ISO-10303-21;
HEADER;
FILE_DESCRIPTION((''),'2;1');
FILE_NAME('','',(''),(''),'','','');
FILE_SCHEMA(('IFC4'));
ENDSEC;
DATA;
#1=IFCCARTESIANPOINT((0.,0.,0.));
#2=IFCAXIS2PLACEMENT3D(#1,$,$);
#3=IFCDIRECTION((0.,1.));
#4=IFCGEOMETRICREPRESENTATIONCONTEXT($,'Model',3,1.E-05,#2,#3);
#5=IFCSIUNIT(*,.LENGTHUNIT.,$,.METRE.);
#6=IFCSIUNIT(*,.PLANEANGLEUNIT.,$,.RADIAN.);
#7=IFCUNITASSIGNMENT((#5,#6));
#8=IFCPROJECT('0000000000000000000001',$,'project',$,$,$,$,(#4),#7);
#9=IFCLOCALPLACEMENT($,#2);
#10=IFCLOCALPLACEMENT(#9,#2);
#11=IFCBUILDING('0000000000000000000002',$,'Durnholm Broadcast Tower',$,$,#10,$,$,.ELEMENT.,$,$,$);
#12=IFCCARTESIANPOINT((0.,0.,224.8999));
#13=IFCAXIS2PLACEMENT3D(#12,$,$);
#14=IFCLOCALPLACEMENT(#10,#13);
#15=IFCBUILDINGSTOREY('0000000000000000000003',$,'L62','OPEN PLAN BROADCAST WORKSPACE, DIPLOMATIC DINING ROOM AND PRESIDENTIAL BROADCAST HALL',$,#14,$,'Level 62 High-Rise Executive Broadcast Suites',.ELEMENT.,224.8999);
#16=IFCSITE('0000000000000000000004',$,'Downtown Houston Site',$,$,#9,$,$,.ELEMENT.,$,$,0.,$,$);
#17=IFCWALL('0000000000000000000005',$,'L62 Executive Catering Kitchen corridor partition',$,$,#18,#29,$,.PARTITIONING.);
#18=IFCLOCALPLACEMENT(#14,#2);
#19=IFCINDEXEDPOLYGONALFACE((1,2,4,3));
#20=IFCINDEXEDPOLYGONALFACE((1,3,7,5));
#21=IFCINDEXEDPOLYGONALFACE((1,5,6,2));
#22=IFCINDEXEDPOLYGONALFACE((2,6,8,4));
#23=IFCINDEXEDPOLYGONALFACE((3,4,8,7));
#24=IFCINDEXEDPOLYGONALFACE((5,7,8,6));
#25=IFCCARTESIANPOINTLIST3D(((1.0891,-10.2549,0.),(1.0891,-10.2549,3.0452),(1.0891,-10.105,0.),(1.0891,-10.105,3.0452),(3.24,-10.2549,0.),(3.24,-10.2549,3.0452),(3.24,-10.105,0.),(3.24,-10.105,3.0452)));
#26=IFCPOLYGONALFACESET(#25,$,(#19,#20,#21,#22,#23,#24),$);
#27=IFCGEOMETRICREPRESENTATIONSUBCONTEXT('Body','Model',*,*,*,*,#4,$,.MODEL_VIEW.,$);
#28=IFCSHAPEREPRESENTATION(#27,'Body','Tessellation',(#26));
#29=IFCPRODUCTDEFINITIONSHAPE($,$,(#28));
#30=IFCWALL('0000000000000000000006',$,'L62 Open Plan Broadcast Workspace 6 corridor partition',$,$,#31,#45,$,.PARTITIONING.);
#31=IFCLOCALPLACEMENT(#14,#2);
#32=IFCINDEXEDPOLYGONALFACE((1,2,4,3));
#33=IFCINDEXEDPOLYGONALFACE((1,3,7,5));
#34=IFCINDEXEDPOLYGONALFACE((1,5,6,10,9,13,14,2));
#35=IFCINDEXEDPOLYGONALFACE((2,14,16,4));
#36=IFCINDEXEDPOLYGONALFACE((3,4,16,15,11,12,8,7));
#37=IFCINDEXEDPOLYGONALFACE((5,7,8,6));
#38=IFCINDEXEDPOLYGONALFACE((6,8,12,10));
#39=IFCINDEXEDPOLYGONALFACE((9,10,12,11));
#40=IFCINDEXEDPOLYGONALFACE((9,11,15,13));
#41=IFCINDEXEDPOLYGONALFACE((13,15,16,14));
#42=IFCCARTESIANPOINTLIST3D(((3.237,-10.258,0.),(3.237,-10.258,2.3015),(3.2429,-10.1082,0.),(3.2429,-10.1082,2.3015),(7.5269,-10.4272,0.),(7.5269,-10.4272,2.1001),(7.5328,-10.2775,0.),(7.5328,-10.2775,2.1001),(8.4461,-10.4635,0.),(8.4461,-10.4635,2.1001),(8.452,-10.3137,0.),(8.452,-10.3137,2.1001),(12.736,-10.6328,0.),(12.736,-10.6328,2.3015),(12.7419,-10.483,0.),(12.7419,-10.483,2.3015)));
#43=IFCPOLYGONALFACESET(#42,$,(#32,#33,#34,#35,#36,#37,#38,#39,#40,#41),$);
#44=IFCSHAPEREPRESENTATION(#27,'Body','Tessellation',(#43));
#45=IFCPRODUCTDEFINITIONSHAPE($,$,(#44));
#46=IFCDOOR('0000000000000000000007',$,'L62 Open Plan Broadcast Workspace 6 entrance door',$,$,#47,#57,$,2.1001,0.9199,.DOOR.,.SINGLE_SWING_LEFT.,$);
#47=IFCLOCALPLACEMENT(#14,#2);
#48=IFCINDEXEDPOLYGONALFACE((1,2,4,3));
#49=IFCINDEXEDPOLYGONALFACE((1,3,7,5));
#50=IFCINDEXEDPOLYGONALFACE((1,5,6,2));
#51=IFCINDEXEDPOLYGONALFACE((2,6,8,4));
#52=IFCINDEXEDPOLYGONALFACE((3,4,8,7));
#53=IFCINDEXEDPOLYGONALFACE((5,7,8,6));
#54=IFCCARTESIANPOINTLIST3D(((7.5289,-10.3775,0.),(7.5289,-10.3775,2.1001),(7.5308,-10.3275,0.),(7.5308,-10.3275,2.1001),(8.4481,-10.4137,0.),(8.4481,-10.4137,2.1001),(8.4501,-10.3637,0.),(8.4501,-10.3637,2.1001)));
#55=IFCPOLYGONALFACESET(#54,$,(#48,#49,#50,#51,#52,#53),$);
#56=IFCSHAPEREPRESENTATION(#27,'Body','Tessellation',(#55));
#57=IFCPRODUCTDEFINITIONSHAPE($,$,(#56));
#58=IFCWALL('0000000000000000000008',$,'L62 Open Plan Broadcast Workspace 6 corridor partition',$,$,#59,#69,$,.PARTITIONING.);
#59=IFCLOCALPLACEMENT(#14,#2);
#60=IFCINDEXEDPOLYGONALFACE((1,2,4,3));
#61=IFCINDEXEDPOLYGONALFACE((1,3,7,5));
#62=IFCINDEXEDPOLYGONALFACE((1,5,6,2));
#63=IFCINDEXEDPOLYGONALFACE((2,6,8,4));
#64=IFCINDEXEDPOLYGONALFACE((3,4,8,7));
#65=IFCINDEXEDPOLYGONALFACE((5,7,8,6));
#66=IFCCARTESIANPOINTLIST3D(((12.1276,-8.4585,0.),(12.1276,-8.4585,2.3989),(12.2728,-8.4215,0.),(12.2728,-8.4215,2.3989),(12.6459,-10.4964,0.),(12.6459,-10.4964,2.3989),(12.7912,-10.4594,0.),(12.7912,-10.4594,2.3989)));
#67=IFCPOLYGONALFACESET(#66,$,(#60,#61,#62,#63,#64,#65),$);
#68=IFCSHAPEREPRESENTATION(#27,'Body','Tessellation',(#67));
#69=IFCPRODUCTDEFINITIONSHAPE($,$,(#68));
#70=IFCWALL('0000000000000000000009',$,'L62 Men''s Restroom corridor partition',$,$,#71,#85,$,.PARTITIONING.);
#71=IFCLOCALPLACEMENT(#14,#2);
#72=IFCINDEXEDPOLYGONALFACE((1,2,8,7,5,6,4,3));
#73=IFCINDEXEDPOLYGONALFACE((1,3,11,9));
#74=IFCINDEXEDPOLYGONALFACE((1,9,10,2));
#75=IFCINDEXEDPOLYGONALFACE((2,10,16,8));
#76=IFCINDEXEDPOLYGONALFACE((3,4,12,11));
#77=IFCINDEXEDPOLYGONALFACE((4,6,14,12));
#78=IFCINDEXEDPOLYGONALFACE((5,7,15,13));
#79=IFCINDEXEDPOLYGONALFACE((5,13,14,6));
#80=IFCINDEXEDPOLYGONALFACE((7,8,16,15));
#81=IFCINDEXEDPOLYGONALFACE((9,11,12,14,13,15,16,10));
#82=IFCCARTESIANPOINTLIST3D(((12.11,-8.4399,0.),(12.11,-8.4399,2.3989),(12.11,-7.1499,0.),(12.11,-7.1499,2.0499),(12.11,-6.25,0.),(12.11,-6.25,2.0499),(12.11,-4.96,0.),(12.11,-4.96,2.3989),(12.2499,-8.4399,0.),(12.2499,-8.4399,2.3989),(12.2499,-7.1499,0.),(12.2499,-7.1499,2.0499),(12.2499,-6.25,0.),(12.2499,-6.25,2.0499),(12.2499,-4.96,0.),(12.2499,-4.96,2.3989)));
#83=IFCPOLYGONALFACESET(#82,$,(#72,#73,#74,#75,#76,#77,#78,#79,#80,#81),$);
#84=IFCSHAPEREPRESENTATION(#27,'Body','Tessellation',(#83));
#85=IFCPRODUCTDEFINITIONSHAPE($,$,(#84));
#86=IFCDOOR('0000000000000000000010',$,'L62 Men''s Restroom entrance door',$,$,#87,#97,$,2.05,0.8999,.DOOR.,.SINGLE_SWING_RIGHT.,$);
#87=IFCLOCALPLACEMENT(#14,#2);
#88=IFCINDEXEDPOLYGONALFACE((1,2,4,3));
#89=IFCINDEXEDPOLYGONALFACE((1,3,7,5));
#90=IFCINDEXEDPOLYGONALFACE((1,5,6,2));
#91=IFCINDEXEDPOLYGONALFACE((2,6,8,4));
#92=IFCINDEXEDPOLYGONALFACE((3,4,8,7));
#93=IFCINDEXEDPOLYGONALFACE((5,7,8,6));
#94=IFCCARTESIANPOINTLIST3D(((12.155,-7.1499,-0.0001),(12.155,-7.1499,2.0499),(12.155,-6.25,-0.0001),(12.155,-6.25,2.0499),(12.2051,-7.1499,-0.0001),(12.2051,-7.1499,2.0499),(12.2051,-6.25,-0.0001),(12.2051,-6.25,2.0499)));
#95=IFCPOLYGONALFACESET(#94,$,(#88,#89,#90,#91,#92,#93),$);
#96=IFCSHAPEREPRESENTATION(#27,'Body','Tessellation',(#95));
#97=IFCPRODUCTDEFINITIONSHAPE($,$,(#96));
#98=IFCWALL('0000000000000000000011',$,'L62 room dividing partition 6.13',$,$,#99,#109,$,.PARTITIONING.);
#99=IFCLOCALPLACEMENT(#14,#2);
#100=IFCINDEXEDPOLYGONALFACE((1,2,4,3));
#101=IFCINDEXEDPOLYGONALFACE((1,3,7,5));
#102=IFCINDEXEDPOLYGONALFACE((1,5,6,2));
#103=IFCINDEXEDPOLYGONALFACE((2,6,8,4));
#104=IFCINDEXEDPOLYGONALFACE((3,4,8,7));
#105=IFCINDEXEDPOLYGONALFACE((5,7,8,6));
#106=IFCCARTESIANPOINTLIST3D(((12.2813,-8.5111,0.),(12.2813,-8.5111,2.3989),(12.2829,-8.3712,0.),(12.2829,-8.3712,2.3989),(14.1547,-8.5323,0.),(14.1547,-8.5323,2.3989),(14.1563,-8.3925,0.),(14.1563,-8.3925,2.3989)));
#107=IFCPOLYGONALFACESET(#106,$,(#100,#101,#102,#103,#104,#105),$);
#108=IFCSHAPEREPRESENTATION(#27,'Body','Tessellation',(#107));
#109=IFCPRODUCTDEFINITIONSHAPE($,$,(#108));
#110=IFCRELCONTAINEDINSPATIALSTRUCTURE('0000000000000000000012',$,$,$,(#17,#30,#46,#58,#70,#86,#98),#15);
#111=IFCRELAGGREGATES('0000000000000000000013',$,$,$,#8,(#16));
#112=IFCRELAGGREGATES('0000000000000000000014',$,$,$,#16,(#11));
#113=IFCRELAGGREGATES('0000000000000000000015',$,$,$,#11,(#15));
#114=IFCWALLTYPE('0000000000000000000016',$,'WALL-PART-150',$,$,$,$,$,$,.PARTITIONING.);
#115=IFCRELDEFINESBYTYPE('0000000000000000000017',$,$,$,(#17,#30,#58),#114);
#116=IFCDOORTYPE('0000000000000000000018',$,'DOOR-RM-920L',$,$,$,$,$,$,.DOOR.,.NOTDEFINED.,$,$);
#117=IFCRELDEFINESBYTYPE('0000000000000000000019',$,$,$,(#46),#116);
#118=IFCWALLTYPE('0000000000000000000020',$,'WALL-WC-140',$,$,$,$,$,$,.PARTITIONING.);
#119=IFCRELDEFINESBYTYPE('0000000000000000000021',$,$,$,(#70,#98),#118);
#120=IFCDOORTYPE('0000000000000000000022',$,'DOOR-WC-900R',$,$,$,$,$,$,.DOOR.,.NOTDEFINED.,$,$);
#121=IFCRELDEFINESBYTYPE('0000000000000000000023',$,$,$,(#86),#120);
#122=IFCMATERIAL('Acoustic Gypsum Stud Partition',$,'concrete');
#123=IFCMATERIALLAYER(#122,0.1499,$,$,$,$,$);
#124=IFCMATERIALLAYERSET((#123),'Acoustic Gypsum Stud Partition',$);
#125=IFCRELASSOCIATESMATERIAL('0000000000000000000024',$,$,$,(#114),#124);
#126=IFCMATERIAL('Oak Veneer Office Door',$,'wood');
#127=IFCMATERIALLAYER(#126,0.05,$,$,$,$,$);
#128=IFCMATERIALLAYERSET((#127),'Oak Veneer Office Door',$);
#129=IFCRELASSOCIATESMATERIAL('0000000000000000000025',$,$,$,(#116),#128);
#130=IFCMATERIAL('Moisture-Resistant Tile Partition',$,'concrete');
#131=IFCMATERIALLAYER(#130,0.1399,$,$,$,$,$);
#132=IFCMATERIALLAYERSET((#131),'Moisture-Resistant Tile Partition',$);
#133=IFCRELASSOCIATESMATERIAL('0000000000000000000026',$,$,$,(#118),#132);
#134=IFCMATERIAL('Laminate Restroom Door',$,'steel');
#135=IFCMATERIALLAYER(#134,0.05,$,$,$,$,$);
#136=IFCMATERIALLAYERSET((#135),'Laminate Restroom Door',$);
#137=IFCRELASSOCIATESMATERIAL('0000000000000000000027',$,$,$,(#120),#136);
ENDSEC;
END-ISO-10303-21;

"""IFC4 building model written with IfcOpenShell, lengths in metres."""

from ifc_helpers import new_model, si_unit, direction, frame, frame_2d, origin, place, context, subcontext, project, spatial, rectangle, extrude, source, transform, mapped, material, layer, layer_set, type_object, type_shapes, element, fill, save


model = new_model("IFC4")

# Units and contexts
model_context = context("Model", 3, precision=1e-05, world=origin(), true_north=direction((0.0, 1.0)))
body_context = subcontext(model_context, "Body", "Model", "MODEL_VIEW")
ifc_project = project(units=[si_unit("LENGTHUNIT", "METRE"), si_unit("PLANEANGLEUNIT", "RADIAN")], contexts=[model_context])

# Site, building, storey
site_placement = place(None, origin())
site = spatial("IfcSite", under=ifc_project, at=site_placement, Name="Downtown Houston Site", CompositionType="ELEMENT", RefElevation=0.0)
building_placement = place(site_placement, origin())
building = spatial("IfcBuilding", under=site, at=building_placement, Name="Durnholm Broadcast Tower", CompositionType="ELEMENT")
storey_placement = place(building_placement, frame((0.0, 0.0, 224.8999)))
storey = spatial("IfcBuildingStorey", under=building, at=storey_placement, Name="L62", Description="OPEN PLAN BROADCAST WORKSPACE, DIPLOMATIC DINING ROOM AND PRESIDENTIAL BROADCAST HALL", LongName="Level 62 High-Rise Executive Broadcast Suites", CompositionType="ELEMENT", Elevation=224.8999)

# Shared definitions
ifc_material_1 = material(Name="Acoustic Gypsum Stud Partition", Category="concrete")
ifc_layer_1 = layer(ifc_material_1, 0.1499)
ifc_layer_set_1 = layer_set([ifc_layer_1], Name="Acoustic Gypsum Stud Partition")
wall_type_1 = type_object("IfcWallType", Name="WALL-PART-150", PredefinedType="PARTITIONING", material=ifc_layer_set_1)

# Wall
wall_1_placement = place(storey_placement, frame((1.0891, -10.1799, 0.0), z_axis=(0.0, 0.0, 1.0), x_axis=(1.0, 0.0, 0.0)))
element("IfcWall", 1, at=wall_1_placement, inside=storey, type_object=wall_type_1, Name="L62 Executive Catering Kitchen corridor partition", PredefinedType="PARTITIONING", context=body_context, shape_type="SweptSolid", body=[
    extrude(rectangle(XDim=2.1509, YDim=0.1499, at=frame_2d((1.0754, 0.0))), origin(), (0.0, 0.0, 1.0), 3.0452),
])

# Wall, opening, door
wall_2_placement = place(storey_placement, frame((3.24, -10.1831, 0.0), z_axis=(0.0, 0.0, 1.0), x_axis=(0.999223, -0.039421, 0.0)))
wall_2 = element("IfcWall", 2, at=wall_2_placement, inside=storey, type_object=wall_type_1, Name="L62 Open Plan Broadcast Workspace 6 corridor partition", PredefinedType="PARTITIONING", context=body_context, shape_type="SweptSolid", body=[
    extrude(rectangle(XDim=9.5063, YDim=0.1499, at=frame_2d((4.7532, 0.0))), origin(), (0.0, 0.0, 1.0), 2.3015),
])
opening_1_placement = place(wall_2_placement, frame((4.2932, 0.0, 0.0)))
opening_1 = element("IfcOpeningElement", 3, at=opening_1_placement, cuts=wall_2, PredefinedType="OPENING", context=body_context, shape_type="SweptSolid", body=[
    extrude(rectangle(XDim=0.9199, YDim=2.1001, at=frame_2d((0.46, 1.05))), frame((0.0, 0.085, 0.0), z_axis=(0.0, -1.0, 0.0), x_axis=(1.0, 0.0, 0.0)), (0.0, 0.0, 1.0), 0.1699),
])
ifc_material_2 = material(Name="Oak Veneer Office Door", Category="wood")
ifc_layer_2 = layer(ifc_material_2, 0.05)
ifc_layer_set_2 = layer_set([ifc_layer_2], Name="Oak Veneer Office Door")
door_type_1 = type_object("IfcDoorType", Name="DOOR-RM-920L", OperationType="NOTDEFINED", PredefinedType="DOOR", material=ifc_layer_set_2)
shared_shape_1 = source(origin(), body_context, "Body", "SweptSolid", [
    extrude(rectangle(XDim=0.9199, YDim=2.1001, at=frame_2d((0.46, 1.05))), frame((0.0, 0.0249, 0.0), z_axis=(0.0, -1.0, 0.0), x_axis=(1.0, 0.0, 0.0)), (0.0, 0.0, 1.0), 0.05),
])
type_shapes(door_type_1, [shared_shape_1])
door_1_placement = place(opening_1_placement, origin())
door_1 = element("IfcDoor", 4, at=door_1_placement, inside=storey, type_object=door_type_1, Name="L62 Open Plan Broadcast Workspace 6 entrance door", OperationType="SINGLE_SWING_LEFT", OverallHeight=2.1001, OverallWidth=0.9199, PredefinedType="DOOR", context=body_context, shape_type="MappedRepresentation", body=[
    mapped(shared_shape_1, transform((0.0, 0.0, 0.0), x_axis=(1.0, 0.0, 0.0), y_axis=(0.0, 1.0, 0.0), z_axis=(0.0, 0.0, 1.0), scale=1.0)),
])
fill(opening_1, door_1)

# Wall
wall_3_placement = place(storey_placement, frame((12.7185, -10.4778, 0.0), z_axis=(0.0, 0.0, 1.0), x_axis=(-0.246495, 0.969144, 0.0)))
element("IfcWall", 5, at=wall_3_placement, inside=storey, type_object=wall_type_1, Name="L62 Open Plan Broadcast Workspace 6 corridor partition", PredefinedType="PARTITIONING", context=body_context, shape_type="SweptSolid", body=[
    extrude(rectangle(XDim=2.1028, YDim=0.1499, at=frame_2d((1.0513, 0.0))), origin(), (0.0, 0.0, 1.0), 2.3989),
])

# Wall, opening, door
ifc_material_3 = material(Name="Moisture-Resistant Tile Partition", Category="concrete")
ifc_layer_3 = layer(ifc_material_3, 0.1399)
ifc_layer_set_3 = layer_set([ifc_layer_3], Name="Moisture-Resistant Tile Partition")
wall_type_2 = type_object("IfcWallType", Name="WALL-WC-140", PredefinedType="PARTITIONING", material=ifc_layer_set_3)
wall_4_placement = place(storey_placement, frame((12.1799, -8.4399, 0.0), z_axis=(0.0, 0.0, 1.0), x_axis=(0.0, 1.0, 0.0)))
wall_4 = element("IfcWall", 6, at=wall_4_placement, inside=storey, type_object=wall_type_2, Name="L62 Men's Restroom corridor partition", PredefinedType="PARTITIONING", context=body_context, shape_type="SweptSolid", body=[
    extrude(rectangle(XDim=3.48, YDim=0.1399, at=frame_2d((1.74, 0.0))), origin(), (0.0, 0.0, 1.0), 2.3989),
])
opening_2_placement = place(wall_4_placement, frame((1.29, 0.0, 0.0)))
opening_2 = element("IfcOpeningElement", 7, at=opening_2_placement, cuts=wall_4, PredefinedType="OPENING", context=body_context, shape_type="SweptSolid", body=[
    extrude(rectangle(XDim=0.8999, YDim=2.05, at=frame_2d((0.45, 1.0249))), frame((0.0, 0.0801, 0.0), z_axis=(0.0, -1.0, 0.0), x_axis=(1.0, 0.0, 0.0)), (0.0, 0.0, 1.0), 0.1599),
])
ifc_material_4 = material(Name="Laminate Restroom Door", Category="steel")
ifc_layer_4 = layer(ifc_material_4, 0.05)
ifc_layer_set_4 = layer_set([ifc_layer_4], Name="Laminate Restroom Door")
door_type_2 = type_object("IfcDoorType", Name="DOOR-WC-900R", OperationType="NOTDEFINED", PredefinedType="DOOR", material=ifc_layer_set_4)
shared_shape_2 = source(origin(), body_context, "Body", "SweptSolid", [
    extrude(rectangle(XDim=0.8999, YDim=2.05, at=frame_2d((0.45, 1.0249))), frame((0.0, 0.0249, 0.0), z_axis=(0.0, -1.0, 0.0), x_axis=(1.0, 0.0, 0.0)), (0.0, 0.0, 1.0), 0.05),
])
type_shapes(door_type_2, [shared_shape_2])
door_2_placement = place(opening_2_placement, origin())
door_2 = element("IfcDoor", 8, at=door_2_placement, inside=storey, type_object=door_type_2, Name="L62 Men's Restroom entrance door", OperationType="SINGLE_SWING_RIGHT", OverallHeight=2.05, OverallWidth=0.8999, PredefinedType="DOOR", context=body_context, shape_type="MappedRepresentation", body=[
    mapped(shared_shape_2, transform((0.0, 0.0, 0.0), x_axis=(1.0, 0.0, 0.0), y_axis=(0.0, 1.0, 0.0), z_axis=(0.0, 0.0, 1.0), scale=1.0)),
])
fill(opening_2, door_2)

# Wall
wall_5_placement = place(storey_placement, frame((14.1555, -8.4624, 0.0), z_axis=(0.0, 0.0, 1.0), x_axis=(-0.999936, 0.011336, 0.0)))
element("IfcWall", 9, at=wall_5_placement, inside=storey, type_object=wall_type_2, Name="L62 room dividing partition 6.13", PredefinedType="PARTITIONING", context=body_context, shape_type="SweptSolid", body=[
    extrude(rectangle(XDim=1.8735, YDim=0.1399, at=frame_2d((0.9368, 0.0))), origin(), (0.0, 0.0, 1.0), 2.3989),
])

save(model, "model.ifc")
